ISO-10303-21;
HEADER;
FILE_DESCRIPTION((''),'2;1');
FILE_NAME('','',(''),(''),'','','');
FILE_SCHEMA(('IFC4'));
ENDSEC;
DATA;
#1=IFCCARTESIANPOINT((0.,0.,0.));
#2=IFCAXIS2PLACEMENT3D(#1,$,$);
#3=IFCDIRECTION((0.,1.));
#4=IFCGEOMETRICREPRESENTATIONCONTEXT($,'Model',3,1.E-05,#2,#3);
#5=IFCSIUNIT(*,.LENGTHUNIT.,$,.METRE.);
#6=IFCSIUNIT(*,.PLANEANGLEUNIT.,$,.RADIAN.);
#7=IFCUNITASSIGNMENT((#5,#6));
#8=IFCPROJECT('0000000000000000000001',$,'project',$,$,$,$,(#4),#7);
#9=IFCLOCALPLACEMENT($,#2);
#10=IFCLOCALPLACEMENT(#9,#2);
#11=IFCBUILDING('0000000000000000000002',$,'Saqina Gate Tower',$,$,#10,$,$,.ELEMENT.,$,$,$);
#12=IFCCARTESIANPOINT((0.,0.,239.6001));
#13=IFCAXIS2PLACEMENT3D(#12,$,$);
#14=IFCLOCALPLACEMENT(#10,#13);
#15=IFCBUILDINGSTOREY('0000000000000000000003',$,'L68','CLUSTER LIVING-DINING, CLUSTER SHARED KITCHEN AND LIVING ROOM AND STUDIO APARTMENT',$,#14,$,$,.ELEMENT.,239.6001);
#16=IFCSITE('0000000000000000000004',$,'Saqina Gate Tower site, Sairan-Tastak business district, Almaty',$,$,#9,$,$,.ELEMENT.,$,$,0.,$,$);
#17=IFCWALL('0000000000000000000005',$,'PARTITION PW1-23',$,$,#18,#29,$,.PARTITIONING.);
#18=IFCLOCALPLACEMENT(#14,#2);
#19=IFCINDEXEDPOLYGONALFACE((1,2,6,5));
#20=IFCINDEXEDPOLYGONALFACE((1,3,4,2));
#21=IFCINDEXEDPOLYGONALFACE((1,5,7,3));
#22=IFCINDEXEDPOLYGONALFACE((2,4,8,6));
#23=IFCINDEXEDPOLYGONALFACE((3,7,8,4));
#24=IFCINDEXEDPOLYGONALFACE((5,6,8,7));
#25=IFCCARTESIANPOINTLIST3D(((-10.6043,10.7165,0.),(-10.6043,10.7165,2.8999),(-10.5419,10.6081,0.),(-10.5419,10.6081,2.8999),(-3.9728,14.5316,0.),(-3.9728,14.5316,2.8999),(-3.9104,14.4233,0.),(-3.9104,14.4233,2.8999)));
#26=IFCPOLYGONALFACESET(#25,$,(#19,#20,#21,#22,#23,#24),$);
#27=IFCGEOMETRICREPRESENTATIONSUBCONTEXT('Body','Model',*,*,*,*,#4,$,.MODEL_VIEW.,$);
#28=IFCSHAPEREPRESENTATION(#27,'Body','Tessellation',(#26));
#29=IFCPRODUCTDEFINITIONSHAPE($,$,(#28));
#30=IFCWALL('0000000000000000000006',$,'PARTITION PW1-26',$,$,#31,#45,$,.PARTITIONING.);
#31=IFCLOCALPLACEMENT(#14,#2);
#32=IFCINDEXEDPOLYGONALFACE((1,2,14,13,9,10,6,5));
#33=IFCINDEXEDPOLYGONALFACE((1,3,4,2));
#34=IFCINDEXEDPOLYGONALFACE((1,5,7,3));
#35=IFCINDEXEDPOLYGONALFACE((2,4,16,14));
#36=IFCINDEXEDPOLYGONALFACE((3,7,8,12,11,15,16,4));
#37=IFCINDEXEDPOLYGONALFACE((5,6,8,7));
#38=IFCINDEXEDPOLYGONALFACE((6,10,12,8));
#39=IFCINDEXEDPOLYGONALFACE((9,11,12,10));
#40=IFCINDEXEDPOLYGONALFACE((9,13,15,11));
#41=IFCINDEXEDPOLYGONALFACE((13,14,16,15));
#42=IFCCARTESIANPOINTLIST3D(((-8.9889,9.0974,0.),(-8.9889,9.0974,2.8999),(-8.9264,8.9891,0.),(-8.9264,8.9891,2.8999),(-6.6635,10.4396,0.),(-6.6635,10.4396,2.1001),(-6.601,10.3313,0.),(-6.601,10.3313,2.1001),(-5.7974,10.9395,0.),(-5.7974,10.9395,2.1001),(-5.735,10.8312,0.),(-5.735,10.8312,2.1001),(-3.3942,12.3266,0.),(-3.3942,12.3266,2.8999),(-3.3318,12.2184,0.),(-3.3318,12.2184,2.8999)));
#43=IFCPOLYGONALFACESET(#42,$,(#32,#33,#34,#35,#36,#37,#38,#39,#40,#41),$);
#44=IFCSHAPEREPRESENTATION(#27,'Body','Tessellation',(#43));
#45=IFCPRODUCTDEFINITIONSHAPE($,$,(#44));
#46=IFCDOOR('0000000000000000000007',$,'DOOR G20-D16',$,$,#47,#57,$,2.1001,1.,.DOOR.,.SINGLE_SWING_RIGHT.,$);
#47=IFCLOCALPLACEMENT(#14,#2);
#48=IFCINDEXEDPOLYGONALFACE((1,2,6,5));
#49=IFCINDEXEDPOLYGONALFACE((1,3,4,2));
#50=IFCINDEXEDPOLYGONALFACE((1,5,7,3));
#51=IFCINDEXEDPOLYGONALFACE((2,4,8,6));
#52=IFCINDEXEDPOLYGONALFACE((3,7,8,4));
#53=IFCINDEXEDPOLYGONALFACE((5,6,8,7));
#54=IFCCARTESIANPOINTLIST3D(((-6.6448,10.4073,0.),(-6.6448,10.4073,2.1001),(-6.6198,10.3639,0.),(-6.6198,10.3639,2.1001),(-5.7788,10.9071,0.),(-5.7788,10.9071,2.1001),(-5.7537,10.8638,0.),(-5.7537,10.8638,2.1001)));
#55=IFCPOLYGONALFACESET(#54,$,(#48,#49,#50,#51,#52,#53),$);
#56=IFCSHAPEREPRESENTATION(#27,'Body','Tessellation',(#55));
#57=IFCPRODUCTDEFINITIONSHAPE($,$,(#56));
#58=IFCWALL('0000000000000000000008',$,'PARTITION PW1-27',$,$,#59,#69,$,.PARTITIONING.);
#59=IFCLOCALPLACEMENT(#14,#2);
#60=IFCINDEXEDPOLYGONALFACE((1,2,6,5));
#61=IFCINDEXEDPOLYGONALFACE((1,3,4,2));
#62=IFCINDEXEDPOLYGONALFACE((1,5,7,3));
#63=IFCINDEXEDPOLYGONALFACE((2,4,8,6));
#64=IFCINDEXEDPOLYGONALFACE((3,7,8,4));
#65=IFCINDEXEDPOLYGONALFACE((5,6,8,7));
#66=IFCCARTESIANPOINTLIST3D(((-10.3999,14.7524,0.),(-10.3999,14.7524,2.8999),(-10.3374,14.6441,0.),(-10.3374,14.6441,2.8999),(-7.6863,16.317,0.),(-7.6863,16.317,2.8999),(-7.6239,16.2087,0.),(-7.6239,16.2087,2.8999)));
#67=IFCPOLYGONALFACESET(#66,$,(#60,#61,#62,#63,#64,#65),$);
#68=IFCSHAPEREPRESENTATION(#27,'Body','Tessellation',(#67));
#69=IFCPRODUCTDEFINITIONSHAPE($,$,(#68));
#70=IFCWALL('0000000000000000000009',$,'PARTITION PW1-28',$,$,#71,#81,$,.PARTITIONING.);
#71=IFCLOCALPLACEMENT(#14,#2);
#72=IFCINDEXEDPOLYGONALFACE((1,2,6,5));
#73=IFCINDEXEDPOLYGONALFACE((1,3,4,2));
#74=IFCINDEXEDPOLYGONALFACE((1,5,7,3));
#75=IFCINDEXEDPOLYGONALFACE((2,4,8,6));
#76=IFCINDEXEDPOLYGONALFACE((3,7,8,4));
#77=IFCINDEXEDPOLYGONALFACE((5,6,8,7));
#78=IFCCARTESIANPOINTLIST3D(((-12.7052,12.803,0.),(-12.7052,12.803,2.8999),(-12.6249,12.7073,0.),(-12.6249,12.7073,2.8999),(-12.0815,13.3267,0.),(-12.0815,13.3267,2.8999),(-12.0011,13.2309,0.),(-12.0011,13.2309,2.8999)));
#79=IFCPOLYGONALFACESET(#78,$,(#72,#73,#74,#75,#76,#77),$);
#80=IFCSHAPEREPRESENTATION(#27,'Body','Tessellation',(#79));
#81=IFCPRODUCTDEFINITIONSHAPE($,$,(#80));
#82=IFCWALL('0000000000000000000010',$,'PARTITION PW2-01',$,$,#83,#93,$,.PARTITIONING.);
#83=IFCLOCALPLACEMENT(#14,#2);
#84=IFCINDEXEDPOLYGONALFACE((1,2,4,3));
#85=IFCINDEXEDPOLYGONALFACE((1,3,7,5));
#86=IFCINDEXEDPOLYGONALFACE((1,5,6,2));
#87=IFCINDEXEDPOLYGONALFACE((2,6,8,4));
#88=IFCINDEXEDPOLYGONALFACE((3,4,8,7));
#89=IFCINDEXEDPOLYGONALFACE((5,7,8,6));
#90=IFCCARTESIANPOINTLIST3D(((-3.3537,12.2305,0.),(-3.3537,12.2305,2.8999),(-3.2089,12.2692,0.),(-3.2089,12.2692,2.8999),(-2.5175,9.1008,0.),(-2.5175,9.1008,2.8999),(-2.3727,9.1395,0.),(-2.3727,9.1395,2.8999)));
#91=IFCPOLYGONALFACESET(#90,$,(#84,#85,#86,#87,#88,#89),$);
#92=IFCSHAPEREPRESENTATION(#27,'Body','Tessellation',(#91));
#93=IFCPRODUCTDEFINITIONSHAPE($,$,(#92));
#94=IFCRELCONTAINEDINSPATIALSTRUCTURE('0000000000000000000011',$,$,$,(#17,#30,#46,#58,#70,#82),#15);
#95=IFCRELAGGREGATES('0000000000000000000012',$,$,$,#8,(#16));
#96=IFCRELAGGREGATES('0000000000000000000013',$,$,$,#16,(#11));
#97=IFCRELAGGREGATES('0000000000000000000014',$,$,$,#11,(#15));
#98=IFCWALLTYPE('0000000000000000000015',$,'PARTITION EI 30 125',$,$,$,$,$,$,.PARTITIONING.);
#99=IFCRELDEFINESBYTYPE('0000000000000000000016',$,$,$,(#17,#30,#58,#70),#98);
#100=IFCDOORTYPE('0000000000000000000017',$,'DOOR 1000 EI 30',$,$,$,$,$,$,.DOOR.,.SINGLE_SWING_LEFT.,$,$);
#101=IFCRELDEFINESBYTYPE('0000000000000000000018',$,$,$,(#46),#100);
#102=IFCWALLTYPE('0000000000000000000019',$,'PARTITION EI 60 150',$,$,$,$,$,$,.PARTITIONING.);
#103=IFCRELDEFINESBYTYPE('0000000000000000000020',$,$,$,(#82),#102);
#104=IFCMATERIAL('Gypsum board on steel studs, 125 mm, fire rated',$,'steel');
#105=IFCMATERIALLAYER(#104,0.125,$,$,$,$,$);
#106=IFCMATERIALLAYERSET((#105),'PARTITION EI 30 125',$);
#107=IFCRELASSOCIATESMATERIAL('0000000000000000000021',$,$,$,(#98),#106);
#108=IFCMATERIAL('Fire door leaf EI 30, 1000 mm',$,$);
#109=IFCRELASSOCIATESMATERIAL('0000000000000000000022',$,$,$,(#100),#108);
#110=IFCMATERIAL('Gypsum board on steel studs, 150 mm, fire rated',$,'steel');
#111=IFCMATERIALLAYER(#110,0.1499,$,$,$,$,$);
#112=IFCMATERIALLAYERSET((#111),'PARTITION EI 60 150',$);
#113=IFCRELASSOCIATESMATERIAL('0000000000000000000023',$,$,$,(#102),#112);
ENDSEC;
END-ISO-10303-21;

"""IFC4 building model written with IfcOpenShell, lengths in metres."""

from ifc_helpers import new_model, si_unit, direction, frame, frame_2d, origin, place, context, subcontext, project, spatial, rectangle, extrude, material, layer, layer_set, type_object, element, fill, save


model = new_model("IFC4")

# Units and contexts
model_context = context("Model", 3, precision=1e-05, world=origin(), true_north=direction((0.0, 1.0)))
body_context = subcontext(model_context, "Body", "Model", "MODEL_VIEW")
ifc_project = project(units=[si_unit("LENGTHUNIT", "METRE"), si_unit("PLANEANGLEUNIT", "RADIAN")], contexts=[model_context])

# Site, building, storey
site_placement = place(None, origin())
site = spatial("IfcSite", under=ifc_project, at=site_placement, Name="Saqina Gate Tower site, Sairan-Tastak business district, Almaty", CompositionType="ELEMENT", RefElevation=0.0)
building_placement = place(site_placement, origin())
building = spatial("IfcBuilding", under=site, at=building_placement, Name="Saqina Gate Tower", CompositionType="ELEMENT")
storey_placement = place(building_placement, frame((0.0, 0.0, 239.6001)))
storey = spatial("IfcBuildingStorey", under=building, at=storey_placement, Name="L68", Description="CLUSTER LIVING-DINING, CLUSTER SHARED KITCHEN AND LIVING ROOM AND STUDIO APARTMENT", CompositionType="ELEMENT", Elevation=239.6001)

# Shared definitions
ifc_material_1 = material(Name="Gypsum board on steel studs, 125 mm, fire rated", Category="steel")
ifc_layer_1 = layer(ifc_material_1, 0.125)
ifc_layer_set_1 = layer_set([ifc_layer_1], Name="PARTITION EI 30 125")
wall_type_1 = type_object("IfcWallType", Name="PARTITION EI 30 125", PredefinedType="PARTITIONING", material=ifc_layer_set_1)

# Shared definitions
ifc_material_2 = material(Name="Fire door leaf EI 30, 1000 mm")
door_type_1 = type_object("IfcDoorType", Name="DOOR 1000 EI 30", OperationType="SINGLE_SWING_LEFT", PredefinedType="DOOR", material=ifc_material_2)

# Wall
wall_1_placement = place(storey_placement, frame((-10.573, 10.6624, 0.0), z_axis=(0.0, 0.0, 1.0), x_axis=(0.866792, 0.49867, 0.0)))
element("IfcWall", 1, at=wall_1_placement, inside=storey, type_object=wall_type_1, Name="PARTITION PW1-23", PredefinedType="PARTITIONING", context=body_context, shape_type="SweptSolid", body=[
    extrude(rectangle(XDim=7.6506, YDim=0.125, at=frame_2d((3.8252, 0.0))), origin(), (0.0, 0.0, 1.0), 2.8999),
])

# Wall, opening, door
wall_2_placement = place(storey_placement, frame((-8.9578, 9.0432, 0.0), z_axis=(0.0, 0.0, 1.0), x_axis=(0.866084, 0.499899, 0.0)))
wall_2 = element("IfcWall", 2, at=wall_2_placement, inside=storey, type_object=wall_type_1, Name="PARTITION PW1-26", PredefinedType="PARTITIONING", context=body_context, shape_type="SweptSolid", body=[
    extrude(rectangle(XDim=6.4597, YDim=0.125, at=frame_2d((3.23, 0.0))), origin(), (0.0, 0.0, 1.0), 2.8999),
])
opening_1_placement = place(wall_2_placement, frame((2.6851, 0.0, 0.0)))
opening_1 = element("IfcOpeningElement", 3, at=opening_1_placement, cuts=wall_2, PredefinedType="OPENING", context=body_context, shape_type="SweptSolid", body=[
    extrude(rectangle(XDim=1.0, YDim=2.1001, at=frame_2d((0.5, 1.05))), frame((0.0, 0.0745, 0.0), z_axis=(0.0, -1.0, 0.0), x_axis=(1.0, 0.0, 0.0)), (0.0, 0.0, 1.0), 0.1489),
])
door_1_placement = place(opening_1_placement, frame((1.0, 0.0, 0.0), z_axis=(0.0, 0.0, 1.0), x_axis=(-1.0, 0.0, 0.0)))
door_1 = element("IfcDoor", 4, at=door_1_placement, inside=storey, type_object=door_type_1, Name="DOOR G20-D16", OperationType="SINGLE_SWING_RIGHT", OverallHeight=2.1001, OverallWidth=1.0, PredefinedType="DOOR", context=body_context, shape_type="SweptSolid", body=[
    extrude(rectangle(XDim=1.0, YDim=2.1001, at=frame_2d((0.5, 1.05))), frame((0.0, 0.0249, 0.0), z_axis=(0.0, -1.0, 0.0), x_axis=(1.0, 0.0, 0.0)), (0.0, 0.0, 1.0), 0.05),
])
fill(opening_1, door_1)

# Walls
wall_3_placement = place(storey_placement, frame((-10.3687, 14.6982, 0.0), z_axis=(0.0, 0.0, 1.0), x_axis=(0.866304, 0.499518, 0.0)))
element("IfcWall", 5, at=wall_3_placement, inside=storey, type_object=wall_type_1, Name="PARTITION PW1-27", PredefinedType="PARTITIONING", context=body_context, shape_type="SweptSolid", body=[
    extrude(rectangle(XDim=3.1323, YDim=0.125, at=frame_2d((1.5662, 0.0))), origin(), (0.0, 0.0, 1.0), 2.8999),
])
wall_4_placement = place(storey_placement, frame((-12.665, 12.7551, 0.0), z_axis=(0.0, 0.0, 1.0), x_axis=(0.765882, 0.642981, 0.0)))
element("IfcWall", 6, at=wall_4_placement, inside=storey, type_object=wall_type_1, Name="PARTITION PW1-28", PredefinedType="PARTITIONING", context=body_context, shape_type="SweptSolid", body=[
    extrude(rectangle(XDim=0.8145, YDim=0.125, at=frame_2d((0.4072, 0.0))), origin(), (0.0, 0.0, 1.0), 2.8999),
])
ifc_material_3 = material(Name="Gypsum board on steel studs, 150 mm, fire rated", Category="steel")
ifc_layer_2 = layer(ifc_material_3, 0.1499)
ifc_layer_set_2 = layer_set([ifc_layer_2], Name="PARTITION EI 60 150")
wall_type_2 = type_object("IfcWallType", Name="PARTITION EI 60 150", PredefinedType="PARTITIONING", material=ifc_layer_set_2)
wall_5_placement = place(storey_placement, frame((-3.2812, 12.2498, 0.0), z_axis=(0.0, 0.0, 1.0), x_axis=(0.258127, -0.966111, 0.0)))
element("IfcWall", 7, at=wall_5_placement, inside=storey, type_object=wall_type_2, Name="PARTITION PW2-01", PredefinedType="PARTITIONING", context=body_context, shape_type="SweptSolid", body=[
    extrude(rectangle(XDim=3.2395, YDim=0.1499, at=frame_2d((1.6196, 0.0))), origin(), (0.0, 0.0, 1.0), 2.8999),
])

save(model, "model.ifc")
